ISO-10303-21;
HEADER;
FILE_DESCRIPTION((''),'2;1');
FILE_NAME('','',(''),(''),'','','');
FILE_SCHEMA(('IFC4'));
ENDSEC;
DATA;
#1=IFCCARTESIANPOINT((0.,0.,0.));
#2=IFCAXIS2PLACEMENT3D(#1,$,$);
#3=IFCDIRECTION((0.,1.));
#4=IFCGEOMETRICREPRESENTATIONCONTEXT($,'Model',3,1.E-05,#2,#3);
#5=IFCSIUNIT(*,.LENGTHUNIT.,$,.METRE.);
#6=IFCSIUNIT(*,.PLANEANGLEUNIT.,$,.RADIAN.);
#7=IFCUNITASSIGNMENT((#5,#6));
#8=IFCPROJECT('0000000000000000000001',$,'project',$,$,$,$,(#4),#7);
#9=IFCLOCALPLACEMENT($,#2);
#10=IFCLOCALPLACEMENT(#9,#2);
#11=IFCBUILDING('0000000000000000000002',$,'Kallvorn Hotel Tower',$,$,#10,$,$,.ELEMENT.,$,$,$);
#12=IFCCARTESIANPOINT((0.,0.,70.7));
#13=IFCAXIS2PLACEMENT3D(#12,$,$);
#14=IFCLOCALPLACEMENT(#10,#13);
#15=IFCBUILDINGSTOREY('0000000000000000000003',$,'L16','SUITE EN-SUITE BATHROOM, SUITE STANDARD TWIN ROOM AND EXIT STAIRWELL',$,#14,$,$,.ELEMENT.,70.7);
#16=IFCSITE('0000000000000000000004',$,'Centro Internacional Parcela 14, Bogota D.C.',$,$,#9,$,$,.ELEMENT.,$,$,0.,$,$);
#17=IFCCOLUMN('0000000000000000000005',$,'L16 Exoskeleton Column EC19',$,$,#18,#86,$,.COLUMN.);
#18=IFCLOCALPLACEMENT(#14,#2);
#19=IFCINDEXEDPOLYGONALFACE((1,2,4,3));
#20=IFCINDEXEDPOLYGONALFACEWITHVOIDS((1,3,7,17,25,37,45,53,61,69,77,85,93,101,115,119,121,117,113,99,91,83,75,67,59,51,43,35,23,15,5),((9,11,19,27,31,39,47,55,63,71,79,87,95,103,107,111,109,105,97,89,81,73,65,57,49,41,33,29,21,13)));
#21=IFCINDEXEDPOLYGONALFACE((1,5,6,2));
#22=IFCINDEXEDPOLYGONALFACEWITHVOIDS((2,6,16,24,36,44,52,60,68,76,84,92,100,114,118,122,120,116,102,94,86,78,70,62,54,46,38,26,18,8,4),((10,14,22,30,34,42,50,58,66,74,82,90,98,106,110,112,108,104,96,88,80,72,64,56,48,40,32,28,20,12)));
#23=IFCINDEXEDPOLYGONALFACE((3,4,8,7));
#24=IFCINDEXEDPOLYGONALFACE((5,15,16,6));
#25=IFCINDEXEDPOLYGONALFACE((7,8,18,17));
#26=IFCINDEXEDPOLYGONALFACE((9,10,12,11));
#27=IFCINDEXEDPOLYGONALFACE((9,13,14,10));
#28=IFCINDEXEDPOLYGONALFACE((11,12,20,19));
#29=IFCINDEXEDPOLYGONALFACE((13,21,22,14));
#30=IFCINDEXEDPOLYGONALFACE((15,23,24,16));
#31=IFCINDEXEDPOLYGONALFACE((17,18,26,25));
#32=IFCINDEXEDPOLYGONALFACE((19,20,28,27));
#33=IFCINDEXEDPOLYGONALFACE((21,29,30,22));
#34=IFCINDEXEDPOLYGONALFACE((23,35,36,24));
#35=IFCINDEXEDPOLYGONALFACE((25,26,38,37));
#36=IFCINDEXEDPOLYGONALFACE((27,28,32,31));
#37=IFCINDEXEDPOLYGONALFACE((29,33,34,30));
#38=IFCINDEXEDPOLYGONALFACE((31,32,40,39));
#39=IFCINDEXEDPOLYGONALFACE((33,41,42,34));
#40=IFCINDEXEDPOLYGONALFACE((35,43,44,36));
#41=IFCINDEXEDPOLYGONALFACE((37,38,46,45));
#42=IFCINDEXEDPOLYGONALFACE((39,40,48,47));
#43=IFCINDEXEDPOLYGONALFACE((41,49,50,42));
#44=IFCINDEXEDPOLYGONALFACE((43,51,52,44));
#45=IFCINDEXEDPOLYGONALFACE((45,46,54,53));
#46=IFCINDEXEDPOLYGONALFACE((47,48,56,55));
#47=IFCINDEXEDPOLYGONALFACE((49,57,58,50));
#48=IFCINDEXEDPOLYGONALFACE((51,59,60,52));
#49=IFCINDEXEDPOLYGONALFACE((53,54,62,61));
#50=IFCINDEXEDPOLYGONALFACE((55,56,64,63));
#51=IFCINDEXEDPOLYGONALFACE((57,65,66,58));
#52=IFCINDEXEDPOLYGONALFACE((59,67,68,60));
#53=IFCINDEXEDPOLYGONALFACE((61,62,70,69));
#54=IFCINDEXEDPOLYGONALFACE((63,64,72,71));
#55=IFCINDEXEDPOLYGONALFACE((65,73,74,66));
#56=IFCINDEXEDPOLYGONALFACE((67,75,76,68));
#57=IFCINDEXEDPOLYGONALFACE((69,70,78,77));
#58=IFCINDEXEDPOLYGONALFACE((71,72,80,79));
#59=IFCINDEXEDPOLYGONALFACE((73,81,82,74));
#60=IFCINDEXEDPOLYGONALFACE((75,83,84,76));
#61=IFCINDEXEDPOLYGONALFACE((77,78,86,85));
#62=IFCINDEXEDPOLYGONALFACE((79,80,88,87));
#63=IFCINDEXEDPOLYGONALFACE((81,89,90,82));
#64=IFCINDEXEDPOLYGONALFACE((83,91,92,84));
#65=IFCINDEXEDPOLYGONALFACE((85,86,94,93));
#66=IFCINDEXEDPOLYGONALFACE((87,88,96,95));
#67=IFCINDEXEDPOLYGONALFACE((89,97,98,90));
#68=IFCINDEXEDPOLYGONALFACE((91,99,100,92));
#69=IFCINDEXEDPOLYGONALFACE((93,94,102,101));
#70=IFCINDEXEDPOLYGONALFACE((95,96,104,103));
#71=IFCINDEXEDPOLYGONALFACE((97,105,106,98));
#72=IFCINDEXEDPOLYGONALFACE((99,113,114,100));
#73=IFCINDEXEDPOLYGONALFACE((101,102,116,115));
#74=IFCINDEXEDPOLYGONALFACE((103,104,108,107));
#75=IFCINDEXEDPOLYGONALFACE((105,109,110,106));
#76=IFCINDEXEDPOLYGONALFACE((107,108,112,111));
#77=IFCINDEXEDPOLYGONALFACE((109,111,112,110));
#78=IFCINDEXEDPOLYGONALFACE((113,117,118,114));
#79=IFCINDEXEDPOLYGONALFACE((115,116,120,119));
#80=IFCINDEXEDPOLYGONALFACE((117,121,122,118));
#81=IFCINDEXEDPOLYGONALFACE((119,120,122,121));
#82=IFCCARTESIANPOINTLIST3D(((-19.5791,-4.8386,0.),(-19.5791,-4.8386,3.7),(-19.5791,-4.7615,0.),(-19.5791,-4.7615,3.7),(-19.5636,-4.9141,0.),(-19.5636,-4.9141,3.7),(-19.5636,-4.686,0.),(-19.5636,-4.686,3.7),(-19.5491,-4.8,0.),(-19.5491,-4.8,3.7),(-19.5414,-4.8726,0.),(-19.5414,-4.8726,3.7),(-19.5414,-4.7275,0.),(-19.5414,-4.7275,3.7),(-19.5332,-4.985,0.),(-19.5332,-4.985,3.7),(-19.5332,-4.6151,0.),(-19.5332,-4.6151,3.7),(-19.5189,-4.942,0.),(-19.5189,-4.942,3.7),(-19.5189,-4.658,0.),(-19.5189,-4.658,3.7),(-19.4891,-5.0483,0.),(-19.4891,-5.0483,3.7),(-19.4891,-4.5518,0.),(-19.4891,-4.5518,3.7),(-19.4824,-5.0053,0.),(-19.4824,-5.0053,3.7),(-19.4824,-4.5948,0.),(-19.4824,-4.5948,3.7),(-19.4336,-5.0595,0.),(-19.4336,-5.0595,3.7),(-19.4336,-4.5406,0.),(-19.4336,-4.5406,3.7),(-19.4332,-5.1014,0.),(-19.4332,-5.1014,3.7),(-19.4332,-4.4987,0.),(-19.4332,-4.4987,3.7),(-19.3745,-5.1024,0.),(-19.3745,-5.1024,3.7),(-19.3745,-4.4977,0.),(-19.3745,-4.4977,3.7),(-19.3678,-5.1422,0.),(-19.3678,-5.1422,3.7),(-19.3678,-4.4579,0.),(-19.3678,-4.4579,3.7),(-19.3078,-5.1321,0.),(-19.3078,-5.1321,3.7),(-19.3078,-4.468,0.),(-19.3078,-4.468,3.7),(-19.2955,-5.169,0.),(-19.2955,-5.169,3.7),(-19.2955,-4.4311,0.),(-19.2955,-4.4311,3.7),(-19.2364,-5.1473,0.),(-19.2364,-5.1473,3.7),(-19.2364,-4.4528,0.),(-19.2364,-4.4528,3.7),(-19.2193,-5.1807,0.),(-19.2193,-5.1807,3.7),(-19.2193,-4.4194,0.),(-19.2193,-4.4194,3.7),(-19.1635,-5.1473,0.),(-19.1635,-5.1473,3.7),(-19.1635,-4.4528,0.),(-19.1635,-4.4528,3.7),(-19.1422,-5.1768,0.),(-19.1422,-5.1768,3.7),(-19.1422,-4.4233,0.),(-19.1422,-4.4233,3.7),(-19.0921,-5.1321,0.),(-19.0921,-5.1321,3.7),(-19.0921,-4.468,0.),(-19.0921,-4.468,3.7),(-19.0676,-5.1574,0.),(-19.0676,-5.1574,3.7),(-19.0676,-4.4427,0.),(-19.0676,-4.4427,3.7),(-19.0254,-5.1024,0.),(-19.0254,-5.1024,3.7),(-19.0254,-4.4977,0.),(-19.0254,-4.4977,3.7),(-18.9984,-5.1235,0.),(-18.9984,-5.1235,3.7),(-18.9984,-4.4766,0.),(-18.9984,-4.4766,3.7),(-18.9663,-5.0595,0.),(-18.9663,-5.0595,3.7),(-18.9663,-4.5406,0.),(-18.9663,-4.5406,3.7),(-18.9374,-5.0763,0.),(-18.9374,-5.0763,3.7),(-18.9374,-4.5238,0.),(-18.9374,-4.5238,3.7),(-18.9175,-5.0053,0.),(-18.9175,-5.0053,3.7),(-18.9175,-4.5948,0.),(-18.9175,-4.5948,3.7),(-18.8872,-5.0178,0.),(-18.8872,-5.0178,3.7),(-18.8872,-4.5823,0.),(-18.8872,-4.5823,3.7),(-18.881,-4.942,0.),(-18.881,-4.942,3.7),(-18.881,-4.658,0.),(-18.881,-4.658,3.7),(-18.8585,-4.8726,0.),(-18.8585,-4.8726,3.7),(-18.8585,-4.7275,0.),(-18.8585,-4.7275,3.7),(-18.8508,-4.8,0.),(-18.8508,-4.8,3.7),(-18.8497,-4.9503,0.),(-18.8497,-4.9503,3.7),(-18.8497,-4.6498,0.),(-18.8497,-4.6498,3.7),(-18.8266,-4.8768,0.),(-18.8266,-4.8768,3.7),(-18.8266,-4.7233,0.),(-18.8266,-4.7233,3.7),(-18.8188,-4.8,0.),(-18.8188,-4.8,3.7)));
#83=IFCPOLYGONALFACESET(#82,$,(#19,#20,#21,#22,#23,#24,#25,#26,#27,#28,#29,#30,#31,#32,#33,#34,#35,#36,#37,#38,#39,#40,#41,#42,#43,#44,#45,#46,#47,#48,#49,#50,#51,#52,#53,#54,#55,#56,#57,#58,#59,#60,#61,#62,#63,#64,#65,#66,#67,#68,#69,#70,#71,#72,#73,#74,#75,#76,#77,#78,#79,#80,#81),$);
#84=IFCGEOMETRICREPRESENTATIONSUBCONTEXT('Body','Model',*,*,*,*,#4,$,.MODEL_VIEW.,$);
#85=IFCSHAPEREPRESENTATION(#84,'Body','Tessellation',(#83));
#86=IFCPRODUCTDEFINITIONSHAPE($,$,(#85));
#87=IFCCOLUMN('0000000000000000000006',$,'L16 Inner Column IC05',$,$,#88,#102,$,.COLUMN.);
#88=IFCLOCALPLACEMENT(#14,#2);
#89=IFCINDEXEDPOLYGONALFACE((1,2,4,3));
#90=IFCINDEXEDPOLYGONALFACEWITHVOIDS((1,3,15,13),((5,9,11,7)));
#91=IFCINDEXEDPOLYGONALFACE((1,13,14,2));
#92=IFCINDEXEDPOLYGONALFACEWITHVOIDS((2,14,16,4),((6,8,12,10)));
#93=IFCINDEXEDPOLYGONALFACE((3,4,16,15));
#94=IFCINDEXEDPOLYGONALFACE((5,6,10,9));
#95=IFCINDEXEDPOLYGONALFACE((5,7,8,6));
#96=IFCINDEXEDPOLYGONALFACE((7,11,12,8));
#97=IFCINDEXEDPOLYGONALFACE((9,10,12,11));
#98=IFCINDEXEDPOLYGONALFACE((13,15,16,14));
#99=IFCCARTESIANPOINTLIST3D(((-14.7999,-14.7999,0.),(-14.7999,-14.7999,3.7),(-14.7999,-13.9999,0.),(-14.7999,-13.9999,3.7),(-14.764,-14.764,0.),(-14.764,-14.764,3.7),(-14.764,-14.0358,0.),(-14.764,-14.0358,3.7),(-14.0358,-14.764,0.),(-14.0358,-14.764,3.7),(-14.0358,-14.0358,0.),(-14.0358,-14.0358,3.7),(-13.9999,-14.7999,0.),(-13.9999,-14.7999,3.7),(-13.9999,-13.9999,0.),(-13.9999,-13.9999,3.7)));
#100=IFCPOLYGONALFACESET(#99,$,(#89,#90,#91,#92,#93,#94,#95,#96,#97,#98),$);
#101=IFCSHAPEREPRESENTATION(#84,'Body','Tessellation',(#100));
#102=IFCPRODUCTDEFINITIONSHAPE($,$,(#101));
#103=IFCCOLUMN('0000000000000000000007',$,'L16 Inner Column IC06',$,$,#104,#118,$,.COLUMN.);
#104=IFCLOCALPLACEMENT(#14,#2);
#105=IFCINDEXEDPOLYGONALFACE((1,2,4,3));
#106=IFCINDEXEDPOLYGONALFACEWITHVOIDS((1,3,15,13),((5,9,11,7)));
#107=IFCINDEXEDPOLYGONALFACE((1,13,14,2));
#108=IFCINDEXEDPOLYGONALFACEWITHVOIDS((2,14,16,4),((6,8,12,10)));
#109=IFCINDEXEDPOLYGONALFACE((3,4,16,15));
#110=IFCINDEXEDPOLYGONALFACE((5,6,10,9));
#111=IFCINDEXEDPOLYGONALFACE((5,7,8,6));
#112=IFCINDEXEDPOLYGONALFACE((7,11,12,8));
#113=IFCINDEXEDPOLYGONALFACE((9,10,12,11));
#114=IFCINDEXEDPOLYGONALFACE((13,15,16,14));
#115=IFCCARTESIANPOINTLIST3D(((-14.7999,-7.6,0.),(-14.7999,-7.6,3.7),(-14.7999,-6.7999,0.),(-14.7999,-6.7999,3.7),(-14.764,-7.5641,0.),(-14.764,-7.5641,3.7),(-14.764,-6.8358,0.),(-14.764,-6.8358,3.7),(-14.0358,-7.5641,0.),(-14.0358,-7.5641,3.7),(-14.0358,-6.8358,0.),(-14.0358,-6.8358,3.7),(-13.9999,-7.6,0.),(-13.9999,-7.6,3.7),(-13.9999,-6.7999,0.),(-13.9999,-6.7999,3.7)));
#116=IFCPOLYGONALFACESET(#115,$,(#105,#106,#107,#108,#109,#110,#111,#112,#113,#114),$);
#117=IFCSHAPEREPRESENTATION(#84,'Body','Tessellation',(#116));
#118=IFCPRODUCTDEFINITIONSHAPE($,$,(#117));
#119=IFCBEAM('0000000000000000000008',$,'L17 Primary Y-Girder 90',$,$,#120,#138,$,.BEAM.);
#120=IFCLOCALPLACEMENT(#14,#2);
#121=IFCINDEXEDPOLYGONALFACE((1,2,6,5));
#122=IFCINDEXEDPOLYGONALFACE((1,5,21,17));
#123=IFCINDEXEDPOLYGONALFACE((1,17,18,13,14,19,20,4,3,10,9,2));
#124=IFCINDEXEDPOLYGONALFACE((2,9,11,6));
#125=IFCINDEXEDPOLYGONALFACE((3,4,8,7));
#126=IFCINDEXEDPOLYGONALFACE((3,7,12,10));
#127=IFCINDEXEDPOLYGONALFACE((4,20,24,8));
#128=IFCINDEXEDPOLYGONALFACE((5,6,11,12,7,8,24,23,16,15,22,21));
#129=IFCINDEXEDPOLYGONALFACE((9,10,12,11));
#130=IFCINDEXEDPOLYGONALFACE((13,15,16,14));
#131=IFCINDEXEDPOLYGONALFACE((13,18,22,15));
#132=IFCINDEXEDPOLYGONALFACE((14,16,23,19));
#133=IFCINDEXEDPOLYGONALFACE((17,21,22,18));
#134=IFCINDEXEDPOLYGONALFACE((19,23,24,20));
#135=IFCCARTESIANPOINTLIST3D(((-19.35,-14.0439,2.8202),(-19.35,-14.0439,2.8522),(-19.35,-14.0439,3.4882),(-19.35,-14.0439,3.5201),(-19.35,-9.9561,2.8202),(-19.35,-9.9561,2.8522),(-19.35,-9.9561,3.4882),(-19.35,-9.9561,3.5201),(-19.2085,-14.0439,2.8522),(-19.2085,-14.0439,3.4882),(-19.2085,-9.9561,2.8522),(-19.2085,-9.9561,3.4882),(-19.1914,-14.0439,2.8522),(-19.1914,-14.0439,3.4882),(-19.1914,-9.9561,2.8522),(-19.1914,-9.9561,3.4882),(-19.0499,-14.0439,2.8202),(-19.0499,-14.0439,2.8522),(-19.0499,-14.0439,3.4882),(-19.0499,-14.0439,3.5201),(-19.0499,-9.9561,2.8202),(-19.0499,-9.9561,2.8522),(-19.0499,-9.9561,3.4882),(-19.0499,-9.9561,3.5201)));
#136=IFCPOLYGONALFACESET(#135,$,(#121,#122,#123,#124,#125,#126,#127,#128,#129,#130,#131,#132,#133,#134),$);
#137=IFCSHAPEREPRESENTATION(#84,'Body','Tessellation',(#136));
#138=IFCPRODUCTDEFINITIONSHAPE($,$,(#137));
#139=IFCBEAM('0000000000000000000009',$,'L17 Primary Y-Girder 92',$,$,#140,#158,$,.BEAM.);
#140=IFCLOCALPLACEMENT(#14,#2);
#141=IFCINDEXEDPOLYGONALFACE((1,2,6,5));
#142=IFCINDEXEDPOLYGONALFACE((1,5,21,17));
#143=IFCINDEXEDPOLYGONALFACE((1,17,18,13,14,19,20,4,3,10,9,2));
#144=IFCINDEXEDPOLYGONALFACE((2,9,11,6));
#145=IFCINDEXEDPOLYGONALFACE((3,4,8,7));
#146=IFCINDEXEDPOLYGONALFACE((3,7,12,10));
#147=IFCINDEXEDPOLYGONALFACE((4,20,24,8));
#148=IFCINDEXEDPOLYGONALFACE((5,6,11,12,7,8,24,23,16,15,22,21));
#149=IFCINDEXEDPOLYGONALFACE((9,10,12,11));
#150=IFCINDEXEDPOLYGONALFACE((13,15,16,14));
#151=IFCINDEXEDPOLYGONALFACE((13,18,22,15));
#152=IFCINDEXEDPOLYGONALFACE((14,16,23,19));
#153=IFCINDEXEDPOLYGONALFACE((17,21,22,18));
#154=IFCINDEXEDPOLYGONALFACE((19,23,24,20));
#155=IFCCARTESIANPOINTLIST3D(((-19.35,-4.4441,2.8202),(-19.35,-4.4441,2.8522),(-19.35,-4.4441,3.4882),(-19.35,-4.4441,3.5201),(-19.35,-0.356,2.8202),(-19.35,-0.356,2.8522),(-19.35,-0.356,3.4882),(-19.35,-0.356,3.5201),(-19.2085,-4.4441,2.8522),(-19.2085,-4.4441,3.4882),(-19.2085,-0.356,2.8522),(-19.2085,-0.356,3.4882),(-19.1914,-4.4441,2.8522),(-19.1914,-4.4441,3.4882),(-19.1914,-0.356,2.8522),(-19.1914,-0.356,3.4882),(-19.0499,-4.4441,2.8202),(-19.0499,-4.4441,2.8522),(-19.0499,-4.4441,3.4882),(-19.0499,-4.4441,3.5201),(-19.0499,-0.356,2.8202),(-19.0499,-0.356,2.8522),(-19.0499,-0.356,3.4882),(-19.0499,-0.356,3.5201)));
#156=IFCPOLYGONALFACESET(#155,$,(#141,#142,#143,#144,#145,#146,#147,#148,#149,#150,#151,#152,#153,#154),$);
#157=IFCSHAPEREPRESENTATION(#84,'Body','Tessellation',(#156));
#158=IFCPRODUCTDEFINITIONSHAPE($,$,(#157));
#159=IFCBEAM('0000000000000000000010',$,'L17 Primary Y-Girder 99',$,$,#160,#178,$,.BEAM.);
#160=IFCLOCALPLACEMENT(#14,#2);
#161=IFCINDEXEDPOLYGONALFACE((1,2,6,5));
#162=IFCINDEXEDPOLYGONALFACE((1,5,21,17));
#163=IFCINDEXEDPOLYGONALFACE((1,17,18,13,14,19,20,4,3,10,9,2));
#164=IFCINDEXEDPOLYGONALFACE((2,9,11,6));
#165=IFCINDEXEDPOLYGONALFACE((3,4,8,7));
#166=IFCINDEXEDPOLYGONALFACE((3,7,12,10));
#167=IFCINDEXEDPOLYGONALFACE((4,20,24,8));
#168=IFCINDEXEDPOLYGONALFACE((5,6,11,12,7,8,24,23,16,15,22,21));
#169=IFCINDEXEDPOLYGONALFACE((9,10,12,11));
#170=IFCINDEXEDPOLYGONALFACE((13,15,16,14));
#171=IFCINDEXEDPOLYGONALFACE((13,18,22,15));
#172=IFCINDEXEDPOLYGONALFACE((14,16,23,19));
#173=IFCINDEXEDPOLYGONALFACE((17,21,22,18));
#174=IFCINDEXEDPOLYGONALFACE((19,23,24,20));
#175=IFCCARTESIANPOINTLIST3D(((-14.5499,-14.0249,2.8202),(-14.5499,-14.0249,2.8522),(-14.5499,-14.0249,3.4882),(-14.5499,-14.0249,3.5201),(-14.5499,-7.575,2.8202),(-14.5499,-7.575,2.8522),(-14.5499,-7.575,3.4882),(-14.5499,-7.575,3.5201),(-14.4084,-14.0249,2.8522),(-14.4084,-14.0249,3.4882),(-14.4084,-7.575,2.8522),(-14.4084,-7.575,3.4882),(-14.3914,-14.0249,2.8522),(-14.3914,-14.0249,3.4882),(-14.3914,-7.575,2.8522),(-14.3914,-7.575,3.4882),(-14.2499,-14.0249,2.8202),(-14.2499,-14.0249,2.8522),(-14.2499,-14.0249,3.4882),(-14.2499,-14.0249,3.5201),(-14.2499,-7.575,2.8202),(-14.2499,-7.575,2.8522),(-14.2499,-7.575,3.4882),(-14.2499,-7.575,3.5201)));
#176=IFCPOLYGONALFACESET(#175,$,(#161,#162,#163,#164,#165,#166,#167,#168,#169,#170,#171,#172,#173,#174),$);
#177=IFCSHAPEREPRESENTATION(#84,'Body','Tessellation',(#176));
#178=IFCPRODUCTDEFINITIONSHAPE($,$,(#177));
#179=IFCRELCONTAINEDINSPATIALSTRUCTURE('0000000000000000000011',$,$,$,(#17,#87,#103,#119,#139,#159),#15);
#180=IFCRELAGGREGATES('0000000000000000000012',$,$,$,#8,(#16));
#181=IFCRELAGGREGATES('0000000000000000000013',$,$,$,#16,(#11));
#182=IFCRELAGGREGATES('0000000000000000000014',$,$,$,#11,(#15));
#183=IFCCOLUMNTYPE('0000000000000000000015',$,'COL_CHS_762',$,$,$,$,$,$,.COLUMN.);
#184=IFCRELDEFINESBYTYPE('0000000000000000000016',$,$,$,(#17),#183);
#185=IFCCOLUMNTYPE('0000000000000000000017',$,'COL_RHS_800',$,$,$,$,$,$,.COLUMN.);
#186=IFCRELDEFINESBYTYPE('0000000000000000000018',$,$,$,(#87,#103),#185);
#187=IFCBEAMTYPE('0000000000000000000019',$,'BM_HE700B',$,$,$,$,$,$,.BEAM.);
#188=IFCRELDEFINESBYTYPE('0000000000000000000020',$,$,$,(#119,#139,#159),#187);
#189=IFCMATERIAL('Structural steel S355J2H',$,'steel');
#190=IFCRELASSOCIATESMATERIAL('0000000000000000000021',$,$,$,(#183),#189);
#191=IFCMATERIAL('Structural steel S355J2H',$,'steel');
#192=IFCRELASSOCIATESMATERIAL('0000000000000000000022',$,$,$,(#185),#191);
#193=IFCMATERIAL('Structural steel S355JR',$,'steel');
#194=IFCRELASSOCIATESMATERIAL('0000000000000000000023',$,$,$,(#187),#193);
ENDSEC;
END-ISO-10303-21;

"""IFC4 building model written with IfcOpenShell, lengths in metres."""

from ifc_helpers import new_model, si_unit, direction, frame, origin, origin_2d, place, context, subcontext, project, spatial, hollow_rectangle, hollow_circle, i_section, extrude, material, material_profile, profile_set, type_object, element, save


model = new_model("IFC4")

# Units and contexts
model_context = context("Model", 3, precision=1e-05, world=origin(), true_north=direction((0.0, 1.0)))
body_context = subcontext(model_context, "Body", "Model", "MODEL_VIEW")
ifc_project = project(units=[si_unit("LENGTHUNIT", "METRE"), si_unit("PLANEANGLEUNIT", "RADIAN")], contexts=[model_context])

# Site, building, storey
site_placement = place(None, origin())
site = spatial("IfcSite", under=ifc_project, at=site_placement, Name="Centro Internacional Parcela 14, Bogota D.C.", CompositionType="ELEMENT", RefElevation=0.0)
building_placement = place(site_placement, origin())
building = spatial("IfcBuilding", under=site, at=building_placement, Name="Kallvorn Hotel Tower", CompositionType="ELEMENT")
storey_placement = place(building_placement, frame((0.0, 0.0, 70.7)))
storey = spatial("IfcBuildingStorey", under=building, at=storey_placement, Name="L16", Description="SUITE EN-SUITE BATHROOM, SUITE STANDARD TWIN ROOM AND EXIT STAIRWELL", CompositionType="ELEMENT", Elevation=70.7)

# Columns
ifc_material_1 = material(Name="Structural steel S355J2H", Category="steel")
ifc_material_profile_1 = material_profile(ifc_material_1, hollow_circle(Radius=0.3811, WallThickness=0.032, at=origin_2d()), Name="CHS 762x32")
ifc_profile_set_1 = profile_set([ifc_material_profile_1], Name="Structural steel S355J2H")
column_type_1 = type_object("IfcColumnType", Name="COL_CHS_762", PredefinedType="COLUMN", material=ifc_profile_set_1)
for number, where, z_axis, x_axis, name in (
    (1, (-19.2, -4.8, 0.0), (0.0, 0.0, 1.0), (1.0, 0.0, 0.0), "L16 Exoskeleton Column EC19"),
):
    element("IfcColumn", number, at=place(storey_placement, frame(where, z_axis=z_axis, x_axis=x_axis)), inside=storey, type_object=column_type_1, Name=name, PredefinedType="COLUMN", context=body_context, shape_type="SweptSolid", body=[
        extrude(hollow_circle(Radius=0.3811, WallThickness=0.032, at=origin_2d()), origin(), (0.0, 0.0, 1.0), 3.7),
    ])
ifc_material_2 = material(Name="Structural steel S355J2H", Category="steel")
ifc_material_profile_2 = material_profile(ifc_material_2, hollow_rectangle(XDim=0.8, YDim=0.8, WallThickness=0.0359, at=origin_2d()), Name="RHS 800x800x36")
ifc_profile_set_2 = profile_set([ifc_material_profile_2], Name="Structural steel S355J2H")
column_type_2 = type_object("IfcColumnType", Name="COL_RHS_800", PredefinedType="COLUMN", material=ifc_profile_set_2)
for number, where, z_axis, x_axis, name in (
    (2, (-14.3999, -14.3999, 0.0), (0.0, 0.0, 1.0), (1.0, 0.0, 0.0), "L16 Inner Column IC05"),
    (3, (-14.3999, -7.2, 0.0), (0.0, 0.0, 1.0), (1.0, 0.0, 0.0), "L16 Inner Column IC06"),
):
    element("IfcColumn", number, at=place(storey_placement, frame(where, z_axis=z_axis, x_axis=x_axis)), inside=storey, type_object=column_type_2, Name=name, PredefinedType="COLUMN", context=body_context, shape_type="SweptSolid", body=[
        extrude(hollow_rectangle(XDim=0.8, YDim=0.8, WallThickness=0.0359, at=origin_2d()), origin(), (0.0, 0.0, 1.0), 3.7),
    ])

# Beams
ifc_material_3 = material(Name="Structural steel S355JR", Category="steel")
ifc_material_profile_3 = material_profile(ifc_material_3, i_section(OverallWidth=0.3, OverallDepth=0.7, WebThickness=0.0171, FlangeThickness=0.032, at=origin_2d()), Name="HE 700 B")
ifc_profile_set_3 = profile_set([ifc_material_profile_3], Name="Structural steel S355JR")
beam_type_1 = type_object("IfcBeamType", Name="BM_HE700B", PredefinedType="BEAM", material=ifc_profile_set_3)
beam_1_placement = place(storey_placement, frame((-19.2, -14.0439, 3.1702), z_axis=(0.0, 1.0, 0.0), x_axis=(-1.0, 0.0, 0.0)))
element("IfcBeam", 4, at=beam_1_placement, inside=storey, type_object=beam_type_1, Name="L17 Primary Y-Girder 90", PredefinedType="BEAM", context=body_context, shape_type="SweptSolid", body=[
    extrude(i_section(OverallWidth=0.3, OverallDepth=0.7, WebThickness=0.0171, FlangeThickness=0.032, at=origin_2d()), origin(), (0.0, 0.0, 1.0), 4.0879),
])
beam_2_placement = place(storey_placement, frame((-19.2, -4.4441, 3.1702), z_axis=(0.0, 1.0, 0.0), x_axis=(-1.0, 0.0, 0.0)))
element("IfcBeam", 5, at=beam_2_placement, inside=storey, type_object=beam_type_1, Name="L17 Primary Y-Girder 92", PredefinedType="BEAM", context=body_context, shape_type="SweptSolid", body=[
    extrude(i_section(OverallWidth=0.3, OverallDepth=0.7, WebThickness=0.0171, FlangeThickness=0.032, at=origin_2d()), origin(), (0.0, 0.0, 1.0), 4.0881),
])
beam_3_placement = place(storey_placement, frame((-14.3999, -14.0249, 3.1702), z_axis=(0.0, 1.0, 0.0), x_axis=(-1.0, 0.0, 0.0)))
element("IfcBeam", 6, at=beam_3_placement, inside=storey, type_object=beam_type_1, Name="L17 Primary Y-Girder 99", PredefinedType="BEAM", context=body_context, shape_type="SweptSolid", body=[
    extrude(i_section(OverallWidth=0.3, OverallDepth=0.7, WebThickness=0.0171, FlangeThickness=0.032, at=origin_2d()), origin(), (0.0, 0.0, 1.0), 6.45),
])

save(model, "model.ifc")
